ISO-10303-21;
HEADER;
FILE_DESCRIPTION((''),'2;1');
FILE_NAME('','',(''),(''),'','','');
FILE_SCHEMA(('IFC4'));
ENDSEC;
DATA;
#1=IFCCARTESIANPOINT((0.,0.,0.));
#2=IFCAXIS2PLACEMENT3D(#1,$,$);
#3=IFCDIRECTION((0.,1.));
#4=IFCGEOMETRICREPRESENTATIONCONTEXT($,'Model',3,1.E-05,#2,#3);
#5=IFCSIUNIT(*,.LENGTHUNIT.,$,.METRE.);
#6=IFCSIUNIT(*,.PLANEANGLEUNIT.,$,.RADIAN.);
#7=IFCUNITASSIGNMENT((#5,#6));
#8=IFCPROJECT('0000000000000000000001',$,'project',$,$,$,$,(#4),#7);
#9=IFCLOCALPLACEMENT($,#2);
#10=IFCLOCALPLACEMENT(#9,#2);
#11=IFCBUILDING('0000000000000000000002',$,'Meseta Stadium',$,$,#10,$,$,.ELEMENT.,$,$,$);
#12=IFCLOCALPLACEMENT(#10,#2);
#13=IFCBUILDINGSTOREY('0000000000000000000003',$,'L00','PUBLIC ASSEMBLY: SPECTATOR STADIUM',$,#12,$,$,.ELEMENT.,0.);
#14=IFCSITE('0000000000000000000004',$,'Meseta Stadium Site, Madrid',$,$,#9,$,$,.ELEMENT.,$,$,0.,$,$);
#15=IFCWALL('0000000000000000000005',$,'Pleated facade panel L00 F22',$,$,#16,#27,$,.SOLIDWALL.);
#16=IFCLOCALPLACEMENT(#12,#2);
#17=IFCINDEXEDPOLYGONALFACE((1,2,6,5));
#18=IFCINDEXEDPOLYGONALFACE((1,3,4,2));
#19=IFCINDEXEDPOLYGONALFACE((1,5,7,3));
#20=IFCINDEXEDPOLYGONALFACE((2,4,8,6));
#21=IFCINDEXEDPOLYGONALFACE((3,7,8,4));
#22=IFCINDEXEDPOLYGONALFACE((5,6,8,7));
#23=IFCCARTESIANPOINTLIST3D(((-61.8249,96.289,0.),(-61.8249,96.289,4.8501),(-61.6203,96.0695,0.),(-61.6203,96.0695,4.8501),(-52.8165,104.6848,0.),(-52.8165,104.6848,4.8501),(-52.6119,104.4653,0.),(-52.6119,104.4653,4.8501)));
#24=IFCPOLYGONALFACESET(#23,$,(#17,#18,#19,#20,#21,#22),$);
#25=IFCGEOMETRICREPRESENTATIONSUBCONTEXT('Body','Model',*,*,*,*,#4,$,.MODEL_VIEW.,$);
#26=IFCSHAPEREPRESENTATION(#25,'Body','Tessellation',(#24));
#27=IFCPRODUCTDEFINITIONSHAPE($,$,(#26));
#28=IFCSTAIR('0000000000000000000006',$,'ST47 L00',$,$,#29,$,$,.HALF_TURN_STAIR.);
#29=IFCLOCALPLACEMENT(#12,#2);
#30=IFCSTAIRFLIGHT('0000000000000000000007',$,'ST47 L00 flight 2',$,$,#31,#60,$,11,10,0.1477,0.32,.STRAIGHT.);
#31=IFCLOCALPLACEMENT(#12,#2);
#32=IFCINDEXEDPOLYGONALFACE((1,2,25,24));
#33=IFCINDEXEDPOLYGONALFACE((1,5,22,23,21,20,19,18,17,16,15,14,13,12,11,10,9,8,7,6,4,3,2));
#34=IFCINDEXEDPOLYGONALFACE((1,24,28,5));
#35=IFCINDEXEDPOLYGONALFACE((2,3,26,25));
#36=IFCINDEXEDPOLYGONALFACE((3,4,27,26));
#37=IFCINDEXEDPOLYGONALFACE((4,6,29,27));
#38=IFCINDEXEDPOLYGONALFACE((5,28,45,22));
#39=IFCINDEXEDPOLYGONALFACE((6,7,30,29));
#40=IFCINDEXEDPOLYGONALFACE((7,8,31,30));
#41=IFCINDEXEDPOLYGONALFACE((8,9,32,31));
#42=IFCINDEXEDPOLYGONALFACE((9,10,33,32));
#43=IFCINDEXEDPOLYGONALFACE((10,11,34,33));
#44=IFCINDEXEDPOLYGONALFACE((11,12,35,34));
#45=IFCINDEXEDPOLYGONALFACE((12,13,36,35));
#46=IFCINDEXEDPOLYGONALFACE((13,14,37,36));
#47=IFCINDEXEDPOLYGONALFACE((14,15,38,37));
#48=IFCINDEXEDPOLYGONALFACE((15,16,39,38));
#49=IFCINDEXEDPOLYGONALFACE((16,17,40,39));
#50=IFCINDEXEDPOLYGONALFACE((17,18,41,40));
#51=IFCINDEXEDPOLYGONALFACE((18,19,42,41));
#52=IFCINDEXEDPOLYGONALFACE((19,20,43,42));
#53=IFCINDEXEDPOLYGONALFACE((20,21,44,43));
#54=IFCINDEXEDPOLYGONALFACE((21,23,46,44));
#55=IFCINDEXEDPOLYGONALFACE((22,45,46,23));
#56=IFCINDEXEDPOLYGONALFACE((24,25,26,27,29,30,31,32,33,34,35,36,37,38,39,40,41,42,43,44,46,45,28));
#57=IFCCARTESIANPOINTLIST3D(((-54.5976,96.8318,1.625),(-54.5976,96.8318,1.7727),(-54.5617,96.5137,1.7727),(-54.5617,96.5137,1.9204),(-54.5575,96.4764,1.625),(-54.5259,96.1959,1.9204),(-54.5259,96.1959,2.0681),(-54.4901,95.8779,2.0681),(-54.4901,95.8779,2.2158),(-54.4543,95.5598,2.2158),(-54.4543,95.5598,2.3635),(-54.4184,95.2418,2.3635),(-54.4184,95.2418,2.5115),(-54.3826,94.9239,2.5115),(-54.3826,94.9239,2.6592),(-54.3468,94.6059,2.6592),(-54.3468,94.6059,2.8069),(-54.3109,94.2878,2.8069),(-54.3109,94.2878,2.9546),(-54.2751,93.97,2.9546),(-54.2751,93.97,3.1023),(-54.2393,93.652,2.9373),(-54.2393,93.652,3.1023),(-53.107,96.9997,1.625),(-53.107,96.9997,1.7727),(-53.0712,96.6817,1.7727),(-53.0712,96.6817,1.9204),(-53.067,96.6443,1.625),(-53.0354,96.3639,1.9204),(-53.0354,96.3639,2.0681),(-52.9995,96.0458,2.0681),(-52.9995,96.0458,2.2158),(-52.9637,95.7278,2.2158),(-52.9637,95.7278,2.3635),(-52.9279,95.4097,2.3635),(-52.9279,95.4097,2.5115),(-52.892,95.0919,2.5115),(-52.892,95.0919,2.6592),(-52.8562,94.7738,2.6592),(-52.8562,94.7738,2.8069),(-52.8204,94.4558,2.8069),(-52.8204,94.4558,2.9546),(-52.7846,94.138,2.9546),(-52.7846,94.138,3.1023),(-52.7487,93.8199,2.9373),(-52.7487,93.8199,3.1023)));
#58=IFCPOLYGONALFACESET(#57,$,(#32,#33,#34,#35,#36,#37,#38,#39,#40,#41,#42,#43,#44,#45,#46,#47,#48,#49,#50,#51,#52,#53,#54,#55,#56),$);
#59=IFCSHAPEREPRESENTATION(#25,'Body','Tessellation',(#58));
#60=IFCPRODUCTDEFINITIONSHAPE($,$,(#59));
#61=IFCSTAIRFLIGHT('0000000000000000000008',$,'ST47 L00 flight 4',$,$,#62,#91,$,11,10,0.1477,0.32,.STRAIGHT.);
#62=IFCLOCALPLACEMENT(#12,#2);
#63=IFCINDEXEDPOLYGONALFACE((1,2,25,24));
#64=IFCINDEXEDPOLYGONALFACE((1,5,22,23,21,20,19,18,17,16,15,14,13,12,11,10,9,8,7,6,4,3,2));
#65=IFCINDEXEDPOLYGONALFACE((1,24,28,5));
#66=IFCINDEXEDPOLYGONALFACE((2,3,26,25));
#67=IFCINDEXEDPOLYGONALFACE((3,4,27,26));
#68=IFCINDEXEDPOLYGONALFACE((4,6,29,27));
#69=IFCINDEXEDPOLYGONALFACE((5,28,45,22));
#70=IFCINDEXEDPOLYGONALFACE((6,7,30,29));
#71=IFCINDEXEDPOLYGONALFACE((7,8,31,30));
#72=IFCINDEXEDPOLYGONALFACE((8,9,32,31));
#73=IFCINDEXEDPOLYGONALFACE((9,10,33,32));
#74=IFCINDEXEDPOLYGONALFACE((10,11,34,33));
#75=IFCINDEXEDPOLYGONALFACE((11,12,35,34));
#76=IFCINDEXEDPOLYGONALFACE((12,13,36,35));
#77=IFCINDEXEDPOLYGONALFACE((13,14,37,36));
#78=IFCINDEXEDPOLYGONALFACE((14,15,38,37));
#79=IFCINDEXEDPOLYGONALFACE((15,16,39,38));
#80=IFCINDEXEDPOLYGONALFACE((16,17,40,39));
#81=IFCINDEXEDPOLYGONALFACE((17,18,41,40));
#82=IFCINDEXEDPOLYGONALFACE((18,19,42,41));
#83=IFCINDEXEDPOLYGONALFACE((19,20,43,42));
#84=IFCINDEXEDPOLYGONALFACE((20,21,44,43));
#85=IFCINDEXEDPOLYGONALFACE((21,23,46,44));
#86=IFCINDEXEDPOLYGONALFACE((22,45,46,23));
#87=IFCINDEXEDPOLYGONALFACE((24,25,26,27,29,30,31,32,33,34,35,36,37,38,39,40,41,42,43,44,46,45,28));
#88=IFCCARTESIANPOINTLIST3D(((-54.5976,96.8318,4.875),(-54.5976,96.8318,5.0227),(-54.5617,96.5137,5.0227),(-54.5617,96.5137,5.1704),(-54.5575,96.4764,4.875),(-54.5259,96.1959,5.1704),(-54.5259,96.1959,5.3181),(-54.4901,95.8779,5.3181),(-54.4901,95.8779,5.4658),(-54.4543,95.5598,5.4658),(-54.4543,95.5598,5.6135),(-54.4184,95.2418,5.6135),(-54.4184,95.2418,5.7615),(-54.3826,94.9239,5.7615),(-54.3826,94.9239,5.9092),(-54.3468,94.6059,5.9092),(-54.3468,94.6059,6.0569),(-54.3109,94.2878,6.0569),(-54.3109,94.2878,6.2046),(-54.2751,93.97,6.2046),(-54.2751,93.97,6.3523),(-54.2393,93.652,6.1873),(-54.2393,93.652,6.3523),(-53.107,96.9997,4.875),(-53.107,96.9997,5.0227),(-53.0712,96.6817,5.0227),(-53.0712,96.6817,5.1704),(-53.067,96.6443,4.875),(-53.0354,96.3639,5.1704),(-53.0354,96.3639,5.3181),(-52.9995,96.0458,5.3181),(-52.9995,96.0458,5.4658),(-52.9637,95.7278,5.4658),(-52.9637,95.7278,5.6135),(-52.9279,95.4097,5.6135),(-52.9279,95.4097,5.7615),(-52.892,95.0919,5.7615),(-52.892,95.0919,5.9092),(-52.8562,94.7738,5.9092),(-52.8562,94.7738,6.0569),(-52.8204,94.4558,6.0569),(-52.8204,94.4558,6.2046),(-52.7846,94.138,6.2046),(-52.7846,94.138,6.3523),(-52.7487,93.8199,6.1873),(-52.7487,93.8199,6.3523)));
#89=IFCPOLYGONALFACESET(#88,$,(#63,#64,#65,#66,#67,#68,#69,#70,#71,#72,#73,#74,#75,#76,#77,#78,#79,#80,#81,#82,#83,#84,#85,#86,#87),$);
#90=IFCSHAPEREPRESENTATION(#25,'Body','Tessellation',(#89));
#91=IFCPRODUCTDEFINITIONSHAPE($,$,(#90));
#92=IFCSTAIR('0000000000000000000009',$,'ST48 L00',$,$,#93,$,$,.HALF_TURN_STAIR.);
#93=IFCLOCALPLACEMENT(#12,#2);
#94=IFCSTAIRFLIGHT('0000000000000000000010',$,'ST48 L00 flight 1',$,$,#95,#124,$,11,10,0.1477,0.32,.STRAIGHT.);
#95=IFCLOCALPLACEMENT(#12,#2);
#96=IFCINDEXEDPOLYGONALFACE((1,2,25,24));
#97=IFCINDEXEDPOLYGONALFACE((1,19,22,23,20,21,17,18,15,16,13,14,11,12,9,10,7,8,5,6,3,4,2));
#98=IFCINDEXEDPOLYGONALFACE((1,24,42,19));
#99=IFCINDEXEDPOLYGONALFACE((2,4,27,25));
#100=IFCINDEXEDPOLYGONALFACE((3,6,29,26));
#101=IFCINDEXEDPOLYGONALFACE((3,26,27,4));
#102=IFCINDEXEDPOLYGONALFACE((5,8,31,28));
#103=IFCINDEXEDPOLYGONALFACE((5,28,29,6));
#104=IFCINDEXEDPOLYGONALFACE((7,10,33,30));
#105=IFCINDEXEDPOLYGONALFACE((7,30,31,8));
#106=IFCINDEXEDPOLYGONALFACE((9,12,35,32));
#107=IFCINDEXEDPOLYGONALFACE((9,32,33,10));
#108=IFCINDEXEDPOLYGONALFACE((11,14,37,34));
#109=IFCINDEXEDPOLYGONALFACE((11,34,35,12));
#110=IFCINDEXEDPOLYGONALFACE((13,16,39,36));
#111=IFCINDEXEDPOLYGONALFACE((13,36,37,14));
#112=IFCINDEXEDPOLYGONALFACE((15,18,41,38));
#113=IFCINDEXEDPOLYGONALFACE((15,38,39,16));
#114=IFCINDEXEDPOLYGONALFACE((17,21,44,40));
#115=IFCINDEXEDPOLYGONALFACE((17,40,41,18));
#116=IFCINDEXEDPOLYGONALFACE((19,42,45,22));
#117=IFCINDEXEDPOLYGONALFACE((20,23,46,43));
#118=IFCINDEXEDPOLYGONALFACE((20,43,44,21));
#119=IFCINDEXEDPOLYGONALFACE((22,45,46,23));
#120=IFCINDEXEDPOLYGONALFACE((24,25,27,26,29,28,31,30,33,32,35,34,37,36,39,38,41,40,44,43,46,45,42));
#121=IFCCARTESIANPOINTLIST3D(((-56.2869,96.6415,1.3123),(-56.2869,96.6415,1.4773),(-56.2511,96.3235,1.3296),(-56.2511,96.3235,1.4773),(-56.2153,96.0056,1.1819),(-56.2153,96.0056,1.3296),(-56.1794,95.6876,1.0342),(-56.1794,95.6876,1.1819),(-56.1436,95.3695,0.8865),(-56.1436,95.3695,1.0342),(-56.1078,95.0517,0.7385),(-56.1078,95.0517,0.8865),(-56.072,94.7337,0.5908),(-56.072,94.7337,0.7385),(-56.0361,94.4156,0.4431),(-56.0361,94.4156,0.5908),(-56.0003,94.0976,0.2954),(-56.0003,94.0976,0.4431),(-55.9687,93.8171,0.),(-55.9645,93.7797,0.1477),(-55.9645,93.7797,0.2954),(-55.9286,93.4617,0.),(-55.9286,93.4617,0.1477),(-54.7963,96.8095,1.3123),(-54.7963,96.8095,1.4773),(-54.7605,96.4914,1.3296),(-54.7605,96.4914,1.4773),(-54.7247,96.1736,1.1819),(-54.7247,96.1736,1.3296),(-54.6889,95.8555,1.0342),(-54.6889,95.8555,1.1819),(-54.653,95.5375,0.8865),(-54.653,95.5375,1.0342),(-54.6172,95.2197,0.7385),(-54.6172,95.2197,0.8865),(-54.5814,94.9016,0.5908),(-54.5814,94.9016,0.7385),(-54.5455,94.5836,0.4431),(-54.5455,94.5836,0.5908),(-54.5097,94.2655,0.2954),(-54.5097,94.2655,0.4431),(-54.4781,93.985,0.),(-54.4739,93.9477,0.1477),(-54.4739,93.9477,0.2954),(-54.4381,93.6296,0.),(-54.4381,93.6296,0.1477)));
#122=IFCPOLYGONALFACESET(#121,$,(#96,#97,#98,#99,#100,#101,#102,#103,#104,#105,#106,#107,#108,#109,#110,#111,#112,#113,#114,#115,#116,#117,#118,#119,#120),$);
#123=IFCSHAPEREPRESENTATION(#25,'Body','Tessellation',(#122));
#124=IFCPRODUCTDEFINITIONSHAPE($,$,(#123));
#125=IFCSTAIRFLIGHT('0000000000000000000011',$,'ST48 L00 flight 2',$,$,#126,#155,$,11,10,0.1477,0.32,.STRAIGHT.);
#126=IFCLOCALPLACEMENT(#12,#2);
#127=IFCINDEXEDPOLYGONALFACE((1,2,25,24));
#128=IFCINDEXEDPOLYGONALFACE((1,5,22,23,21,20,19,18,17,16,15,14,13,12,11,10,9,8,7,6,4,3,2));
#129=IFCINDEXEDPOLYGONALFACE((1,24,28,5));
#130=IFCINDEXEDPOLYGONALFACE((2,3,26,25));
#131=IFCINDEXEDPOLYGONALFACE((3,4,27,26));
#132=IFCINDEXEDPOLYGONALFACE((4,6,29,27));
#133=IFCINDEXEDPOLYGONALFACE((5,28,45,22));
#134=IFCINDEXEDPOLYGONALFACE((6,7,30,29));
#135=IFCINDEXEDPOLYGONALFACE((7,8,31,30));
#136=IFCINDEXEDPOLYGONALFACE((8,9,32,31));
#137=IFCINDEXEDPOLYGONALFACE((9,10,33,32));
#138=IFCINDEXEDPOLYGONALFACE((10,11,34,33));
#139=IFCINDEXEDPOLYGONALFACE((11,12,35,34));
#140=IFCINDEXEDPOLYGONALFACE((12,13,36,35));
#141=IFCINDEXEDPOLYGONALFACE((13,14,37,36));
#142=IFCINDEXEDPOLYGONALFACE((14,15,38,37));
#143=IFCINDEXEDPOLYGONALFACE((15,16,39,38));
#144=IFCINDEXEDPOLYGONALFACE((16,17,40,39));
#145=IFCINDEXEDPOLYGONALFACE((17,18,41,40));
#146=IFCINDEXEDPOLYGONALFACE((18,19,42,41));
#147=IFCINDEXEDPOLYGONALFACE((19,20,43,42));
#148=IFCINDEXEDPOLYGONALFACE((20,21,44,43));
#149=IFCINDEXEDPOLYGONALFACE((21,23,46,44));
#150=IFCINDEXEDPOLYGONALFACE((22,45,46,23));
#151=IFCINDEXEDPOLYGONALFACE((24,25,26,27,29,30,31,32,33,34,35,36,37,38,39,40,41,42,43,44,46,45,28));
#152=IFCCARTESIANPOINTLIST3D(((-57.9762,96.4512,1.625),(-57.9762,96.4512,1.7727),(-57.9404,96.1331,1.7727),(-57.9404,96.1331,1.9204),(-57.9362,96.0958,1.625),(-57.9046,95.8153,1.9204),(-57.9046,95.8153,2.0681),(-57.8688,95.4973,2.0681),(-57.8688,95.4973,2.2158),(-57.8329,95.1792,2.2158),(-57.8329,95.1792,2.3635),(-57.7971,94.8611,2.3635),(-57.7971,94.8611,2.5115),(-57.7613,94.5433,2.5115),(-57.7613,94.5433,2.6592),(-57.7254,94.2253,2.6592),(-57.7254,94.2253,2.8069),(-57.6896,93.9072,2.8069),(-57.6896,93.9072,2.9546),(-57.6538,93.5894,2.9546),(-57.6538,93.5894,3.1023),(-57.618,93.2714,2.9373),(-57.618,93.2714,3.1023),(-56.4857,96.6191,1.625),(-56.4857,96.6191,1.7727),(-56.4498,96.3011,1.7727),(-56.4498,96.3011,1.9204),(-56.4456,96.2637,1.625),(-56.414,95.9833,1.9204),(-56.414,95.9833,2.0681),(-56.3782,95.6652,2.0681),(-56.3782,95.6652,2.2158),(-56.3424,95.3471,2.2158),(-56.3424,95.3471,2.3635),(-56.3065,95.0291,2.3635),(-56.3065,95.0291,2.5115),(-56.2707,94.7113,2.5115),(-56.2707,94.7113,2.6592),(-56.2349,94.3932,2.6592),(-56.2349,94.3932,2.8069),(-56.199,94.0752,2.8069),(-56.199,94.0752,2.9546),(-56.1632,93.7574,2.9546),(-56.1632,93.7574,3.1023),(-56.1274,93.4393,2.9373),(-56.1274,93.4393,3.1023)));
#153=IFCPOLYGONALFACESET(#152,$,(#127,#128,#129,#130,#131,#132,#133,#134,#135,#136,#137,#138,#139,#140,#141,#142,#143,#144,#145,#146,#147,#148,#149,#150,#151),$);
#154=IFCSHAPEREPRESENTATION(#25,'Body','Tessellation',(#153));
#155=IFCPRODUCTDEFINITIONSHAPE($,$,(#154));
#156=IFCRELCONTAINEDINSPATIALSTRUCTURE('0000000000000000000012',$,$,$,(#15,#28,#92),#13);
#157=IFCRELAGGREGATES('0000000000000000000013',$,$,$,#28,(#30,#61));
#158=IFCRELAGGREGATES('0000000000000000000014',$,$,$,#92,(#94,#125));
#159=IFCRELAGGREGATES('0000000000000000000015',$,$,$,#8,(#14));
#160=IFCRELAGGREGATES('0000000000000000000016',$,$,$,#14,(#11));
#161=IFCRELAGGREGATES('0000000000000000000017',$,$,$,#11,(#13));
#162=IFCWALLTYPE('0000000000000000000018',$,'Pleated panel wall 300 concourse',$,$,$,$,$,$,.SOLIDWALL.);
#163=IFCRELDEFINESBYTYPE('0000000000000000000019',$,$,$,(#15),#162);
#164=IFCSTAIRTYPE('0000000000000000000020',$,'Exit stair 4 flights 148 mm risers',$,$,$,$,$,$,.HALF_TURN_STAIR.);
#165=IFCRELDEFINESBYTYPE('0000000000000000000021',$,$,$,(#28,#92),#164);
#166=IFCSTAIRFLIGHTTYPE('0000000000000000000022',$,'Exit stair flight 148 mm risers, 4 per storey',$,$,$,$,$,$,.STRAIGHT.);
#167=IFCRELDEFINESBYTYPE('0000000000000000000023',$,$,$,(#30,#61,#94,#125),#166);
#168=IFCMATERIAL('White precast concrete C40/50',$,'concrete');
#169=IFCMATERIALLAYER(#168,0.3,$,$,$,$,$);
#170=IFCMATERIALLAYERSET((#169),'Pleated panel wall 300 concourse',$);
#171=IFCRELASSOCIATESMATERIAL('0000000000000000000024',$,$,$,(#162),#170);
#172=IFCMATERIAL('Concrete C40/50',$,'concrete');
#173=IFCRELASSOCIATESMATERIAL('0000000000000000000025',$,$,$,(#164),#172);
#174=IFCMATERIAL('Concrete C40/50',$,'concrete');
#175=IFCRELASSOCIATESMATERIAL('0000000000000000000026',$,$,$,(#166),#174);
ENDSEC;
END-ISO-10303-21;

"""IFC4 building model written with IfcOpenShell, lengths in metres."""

from ifc_helpers import new_model, si_unit, direction, frame, frame_2d, origin, place, context, subcontext, project, spatial, polyline, rectangle, outline, extrude, material, layer, layer_set, type_object, element, aggregate, save


model = new_model("IFC4")

# Units and contexts
model_context = context("Model", 3, precision=1e-05, world=origin(), true_north=direction((0.0, 1.0)))
body_context = subcontext(model_context, "Body", "Model", "MODEL_VIEW")
ifc_project = project(units=[si_unit("LENGTHUNIT", "METRE"), si_unit("PLANEANGLEUNIT", "RADIAN")], contexts=[model_context])

# Site, building, storey
site_placement = place(None, origin())
site = spatial("IfcSite", under=ifc_project, at=site_placement, Name="Meseta Stadium Site, Madrid", CompositionType="ELEMENT", RefElevation=0.0)
building_placement = place(site_placement, origin())
building = spatial("IfcBuilding", under=site, at=building_placement, Name="Meseta Stadium", CompositionType="ELEMENT")
storey_placement = place(building_placement, origin())
storey = spatial("IfcBuildingStorey", under=building, at=storey_placement, Name="L00", Description="PUBLIC ASSEMBLY: SPECTATOR STADIUM", CompositionType="ELEMENT", Elevation=0.0)

# Wall
ifc_material_1 = material(Name="White precast concrete C40/50", Category="concrete")
ifc_layer_1 = layer(ifc_material_1, 0.3)
ifc_layer_set_1 = layer_set([ifc_layer_1], Name="Pleated panel wall 300 concourse")
wall_type_1 = type_object("IfcWallType", Name="Pleated panel wall 300 concourse", PredefinedType="SOLIDWALL", material=ifc_layer_set_1)
wall_1_placement = place(storey_placement, frame((-61.7227, 96.1792, 0.0), z_axis=(0.0, 0.0, 1.0), x_axis=(0.731541, 0.681797, 0.0)))
element("IfcWall", 1, at=wall_1_placement, inside=storey, type_object=wall_type_1, Name="Pleated facade panel L00 F22", PredefinedType="SOLIDWALL", context=body_context, shape_type="SweptSolid", body=[
    extrude(rectangle(XDim=12.3142, YDim=0.3, at=frame_2d((6.1572, 0.0))), origin(), (0.0, 0.0, 1.0), 4.8501),
])

# Stairs, stair flights
ifc_material_2 = material(Name="Concrete C40/50", Category="concrete")
stair_type = type_object("IfcStairType", Name="Exit stair 4 flights 148 mm risers", PredefinedType="HALF_TURN_STAIR", material=ifc_material_2)
stair_1_placement = place(storey_placement, origin())
stair_1 = element("IfcStair", 2, at=stair_1_placement, inside=storey, type_object=stair_type, Name="ST47 L00", PredefinedType="HALF_TURN_STAIR")
ifc_material_3 = material(Name="Concrete C40/50", Category="concrete")
stair_flight_type = type_object("IfcStairFlightType", Name="Exit stair flight 148 mm risers, 4 per storey", PredefinedType="STRAIGHT", material=ifc_material_3)
stair_flight_1_placement = place(storey_placement, frame((-53.8523, 96.9158, 1.625), z_axis=(0.0, 0.0, 1.0), x_axis=(0.111964, -0.993712, 0.0)))
stair_flight_1 = element("IfcStairFlight", 3, at=stair_flight_1_placement, type_object=stair_flight_type, Name="ST47 L00 flight 2", NumberOfRisers=11, NumberOfTreads=10, PredefinedType="STRAIGHT", RiserHeight=0.1477, TreadLength=0.32, context=body_context, shape_type="SweptSolid", body=[
    extrude(outline(polyline([(0.0, 0.0), (0.0, 0.1477), (0.3201, 0.1477), (0.3201, 0.2954), (0.6399, 0.2954), (0.6399, 0.4431), (0.96, 0.4431), (0.96, 0.5908), (1.28, 0.5908), (1.28, 0.7385), (1.6001, 0.7385), (1.6001, 0.8865), (1.9199, 0.8865), (1.9199, 1.0342), (2.24, 1.0342), (2.24, 1.1819), (2.5601, 1.1819), (2.5601, 1.3296), (2.8799, 1.3296), (2.8799, 1.4773), (3.2, 1.4773), (3.2, 1.3123), (0.3577, 0.0), (0.0, 0.0)])), frame((0.0, 0.75, 0.0), z_axis=(0.0, -1.0, 0.0), x_axis=(1.0, 0.0, 0.0)), (0.0, 0.0, 1.0), 1.5),
])
stair_flight_2_placement = place(storey_placement, frame((-53.8523, 96.9158, 4.875), z_axis=(0.0, 0.0, 1.0), x_axis=(0.111964, -0.993712, 0.0)))
stair_flight_2 = element("IfcStairFlight", 4, at=stair_flight_2_placement, type_object=stair_flight_type, Name="ST47 L00 flight 4", NumberOfRisers=11, NumberOfTreads=10, PredefinedType="STRAIGHT", RiserHeight=0.1477, TreadLength=0.32, context=body_context, shape_type="SweptSolid", body=[
    extrude(outline(polyline([(0.0, 0.0), (0.0, 0.1477), (0.3201, 0.1477), (0.3201, 0.2954), (0.6399, 0.2954), (0.6399, 0.4431), (0.96, 0.4431), (0.96, 0.5908), (1.28, 0.5908), (1.28, 0.7385), (1.6001, 0.7385), (1.6001, 0.8865), (1.9199, 0.8865), (1.9199, 1.0342), (2.24, 1.0342), (2.24, 1.1819), (2.5601, 1.1819), (2.5601, 1.3296), (2.8799, 1.3296), (2.8799, 1.4773), (3.2, 1.4773), (3.2, 1.3123), (0.3577, 0.0), (0.0, 0.0)])), frame((0.0, 0.75, 0.0), z_axis=(0.0, -1.0, 0.0), x_axis=(1.0, 0.0, 0.0)), (0.0, 0.0, 1.0), 1.5),
])
aggregate(stair_1, [stair_flight_1, stair_flight_2])
stair_2_placement = place(storey_placement, origin())
stair_2 = element("IfcStair", 5, at=stair_2_placement, inside=storey, type_object=stair_type, Name="ST48 L00", PredefinedType="HALF_TURN_STAIR")
stair_flight_3_placement = place(storey_placement, frame((-55.1833, 93.5457, 0.0), z_axis=(0.0, 0.0, 1.0), x_axis=(-0.111964, 0.993712, 0.0)))
stair_flight_3 = element("IfcStairFlight", 6, at=stair_flight_3_placement, type_object=stair_flight_type, Name="ST48 L00 flight 1", NumberOfRisers=11, NumberOfTreads=10, PredefinedType="STRAIGHT", RiserHeight=0.1477, TreadLength=0.32, context=body_context, shape_type="SweptSolid", body=[
    extrude(outline(polyline([(0.0, 0.0), (0.0, 0.1477), (0.3201, 0.1477), (0.3201, 0.2954), (0.6399, 0.2954), (0.6399, 0.4431), (0.96, 0.4431), (0.96, 0.5908), (1.28, 0.5908), (1.28, 0.7385), (1.6001, 0.7385), (1.6001, 0.8865), (1.9199, 0.8865), (1.9199, 1.0342), (2.24, 1.0342), (2.24, 1.1819), (2.5601, 1.1819), (2.5601, 1.3296), (2.8799, 1.3296), (2.8799, 1.4773), (3.2, 1.4773), (3.2, 1.3123), (0.3577, 0.0), (0.0, 0.0)])), frame((0.0, 0.75, 0.0), z_axis=(0.0, -1.0, 0.0), x_axis=(1.0, 0.0, 0.0)), (0.0, 0.0, 1.0), 1.5),
])
stair_flight_4_placement = place(storey_placement, frame((-57.231, 96.5352, 1.625), z_axis=(0.0, 0.0, 1.0), x_axis=(0.111964, -0.993712, 0.0)))
stair_flight_4 = element("IfcStairFlight", 7, at=stair_flight_4_placement, type_object=stair_flight_type, Name="ST48 L00 flight 2", NumberOfRisers=11, NumberOfTreads=10, PredefinedType="STRAIGHT", RiserHeight=0.1477, TreadLength=0.32, context=body_context, shape_type="SweptSolid", body=[
    extrude(outline(polyline([(0.0, 0.0), (0.0, 0.1477), (0.3201, 0.1477), (0.3201, 0.2954), (0.6399, 0.2954), (0.6399, 0.4431), (0.96, 0.4431), (0.96, 0.5908), (1.28, 0.5908), (1.28, 0.7385), (1.6001, 0.7385), (1.6001, 0.8865), (1.9199, 0.8865), (1.9199, 1.0342), (2.24, 1.0342), (2.24, 1.1819), (2.5601, 1.1819), (2.5601, 1.3296), (2.8799, 1.3296), (2.8799, 1.4773), (3.2, 1.4773), (3.2, 1.3123), (0.3577, 0.0), (0.0, 0.0)])), frame((0.0, 0.75, 0.0), z_axis=(0.0, -1.0, 0.0), x_axis=(1.0, 0.0, 0.0)), (0.0, 0.0, 1.0), 1.5),
])
aggregate(stair_2, [stair_flight_3, stair_flight_4])

save(model, "model.ifc")
